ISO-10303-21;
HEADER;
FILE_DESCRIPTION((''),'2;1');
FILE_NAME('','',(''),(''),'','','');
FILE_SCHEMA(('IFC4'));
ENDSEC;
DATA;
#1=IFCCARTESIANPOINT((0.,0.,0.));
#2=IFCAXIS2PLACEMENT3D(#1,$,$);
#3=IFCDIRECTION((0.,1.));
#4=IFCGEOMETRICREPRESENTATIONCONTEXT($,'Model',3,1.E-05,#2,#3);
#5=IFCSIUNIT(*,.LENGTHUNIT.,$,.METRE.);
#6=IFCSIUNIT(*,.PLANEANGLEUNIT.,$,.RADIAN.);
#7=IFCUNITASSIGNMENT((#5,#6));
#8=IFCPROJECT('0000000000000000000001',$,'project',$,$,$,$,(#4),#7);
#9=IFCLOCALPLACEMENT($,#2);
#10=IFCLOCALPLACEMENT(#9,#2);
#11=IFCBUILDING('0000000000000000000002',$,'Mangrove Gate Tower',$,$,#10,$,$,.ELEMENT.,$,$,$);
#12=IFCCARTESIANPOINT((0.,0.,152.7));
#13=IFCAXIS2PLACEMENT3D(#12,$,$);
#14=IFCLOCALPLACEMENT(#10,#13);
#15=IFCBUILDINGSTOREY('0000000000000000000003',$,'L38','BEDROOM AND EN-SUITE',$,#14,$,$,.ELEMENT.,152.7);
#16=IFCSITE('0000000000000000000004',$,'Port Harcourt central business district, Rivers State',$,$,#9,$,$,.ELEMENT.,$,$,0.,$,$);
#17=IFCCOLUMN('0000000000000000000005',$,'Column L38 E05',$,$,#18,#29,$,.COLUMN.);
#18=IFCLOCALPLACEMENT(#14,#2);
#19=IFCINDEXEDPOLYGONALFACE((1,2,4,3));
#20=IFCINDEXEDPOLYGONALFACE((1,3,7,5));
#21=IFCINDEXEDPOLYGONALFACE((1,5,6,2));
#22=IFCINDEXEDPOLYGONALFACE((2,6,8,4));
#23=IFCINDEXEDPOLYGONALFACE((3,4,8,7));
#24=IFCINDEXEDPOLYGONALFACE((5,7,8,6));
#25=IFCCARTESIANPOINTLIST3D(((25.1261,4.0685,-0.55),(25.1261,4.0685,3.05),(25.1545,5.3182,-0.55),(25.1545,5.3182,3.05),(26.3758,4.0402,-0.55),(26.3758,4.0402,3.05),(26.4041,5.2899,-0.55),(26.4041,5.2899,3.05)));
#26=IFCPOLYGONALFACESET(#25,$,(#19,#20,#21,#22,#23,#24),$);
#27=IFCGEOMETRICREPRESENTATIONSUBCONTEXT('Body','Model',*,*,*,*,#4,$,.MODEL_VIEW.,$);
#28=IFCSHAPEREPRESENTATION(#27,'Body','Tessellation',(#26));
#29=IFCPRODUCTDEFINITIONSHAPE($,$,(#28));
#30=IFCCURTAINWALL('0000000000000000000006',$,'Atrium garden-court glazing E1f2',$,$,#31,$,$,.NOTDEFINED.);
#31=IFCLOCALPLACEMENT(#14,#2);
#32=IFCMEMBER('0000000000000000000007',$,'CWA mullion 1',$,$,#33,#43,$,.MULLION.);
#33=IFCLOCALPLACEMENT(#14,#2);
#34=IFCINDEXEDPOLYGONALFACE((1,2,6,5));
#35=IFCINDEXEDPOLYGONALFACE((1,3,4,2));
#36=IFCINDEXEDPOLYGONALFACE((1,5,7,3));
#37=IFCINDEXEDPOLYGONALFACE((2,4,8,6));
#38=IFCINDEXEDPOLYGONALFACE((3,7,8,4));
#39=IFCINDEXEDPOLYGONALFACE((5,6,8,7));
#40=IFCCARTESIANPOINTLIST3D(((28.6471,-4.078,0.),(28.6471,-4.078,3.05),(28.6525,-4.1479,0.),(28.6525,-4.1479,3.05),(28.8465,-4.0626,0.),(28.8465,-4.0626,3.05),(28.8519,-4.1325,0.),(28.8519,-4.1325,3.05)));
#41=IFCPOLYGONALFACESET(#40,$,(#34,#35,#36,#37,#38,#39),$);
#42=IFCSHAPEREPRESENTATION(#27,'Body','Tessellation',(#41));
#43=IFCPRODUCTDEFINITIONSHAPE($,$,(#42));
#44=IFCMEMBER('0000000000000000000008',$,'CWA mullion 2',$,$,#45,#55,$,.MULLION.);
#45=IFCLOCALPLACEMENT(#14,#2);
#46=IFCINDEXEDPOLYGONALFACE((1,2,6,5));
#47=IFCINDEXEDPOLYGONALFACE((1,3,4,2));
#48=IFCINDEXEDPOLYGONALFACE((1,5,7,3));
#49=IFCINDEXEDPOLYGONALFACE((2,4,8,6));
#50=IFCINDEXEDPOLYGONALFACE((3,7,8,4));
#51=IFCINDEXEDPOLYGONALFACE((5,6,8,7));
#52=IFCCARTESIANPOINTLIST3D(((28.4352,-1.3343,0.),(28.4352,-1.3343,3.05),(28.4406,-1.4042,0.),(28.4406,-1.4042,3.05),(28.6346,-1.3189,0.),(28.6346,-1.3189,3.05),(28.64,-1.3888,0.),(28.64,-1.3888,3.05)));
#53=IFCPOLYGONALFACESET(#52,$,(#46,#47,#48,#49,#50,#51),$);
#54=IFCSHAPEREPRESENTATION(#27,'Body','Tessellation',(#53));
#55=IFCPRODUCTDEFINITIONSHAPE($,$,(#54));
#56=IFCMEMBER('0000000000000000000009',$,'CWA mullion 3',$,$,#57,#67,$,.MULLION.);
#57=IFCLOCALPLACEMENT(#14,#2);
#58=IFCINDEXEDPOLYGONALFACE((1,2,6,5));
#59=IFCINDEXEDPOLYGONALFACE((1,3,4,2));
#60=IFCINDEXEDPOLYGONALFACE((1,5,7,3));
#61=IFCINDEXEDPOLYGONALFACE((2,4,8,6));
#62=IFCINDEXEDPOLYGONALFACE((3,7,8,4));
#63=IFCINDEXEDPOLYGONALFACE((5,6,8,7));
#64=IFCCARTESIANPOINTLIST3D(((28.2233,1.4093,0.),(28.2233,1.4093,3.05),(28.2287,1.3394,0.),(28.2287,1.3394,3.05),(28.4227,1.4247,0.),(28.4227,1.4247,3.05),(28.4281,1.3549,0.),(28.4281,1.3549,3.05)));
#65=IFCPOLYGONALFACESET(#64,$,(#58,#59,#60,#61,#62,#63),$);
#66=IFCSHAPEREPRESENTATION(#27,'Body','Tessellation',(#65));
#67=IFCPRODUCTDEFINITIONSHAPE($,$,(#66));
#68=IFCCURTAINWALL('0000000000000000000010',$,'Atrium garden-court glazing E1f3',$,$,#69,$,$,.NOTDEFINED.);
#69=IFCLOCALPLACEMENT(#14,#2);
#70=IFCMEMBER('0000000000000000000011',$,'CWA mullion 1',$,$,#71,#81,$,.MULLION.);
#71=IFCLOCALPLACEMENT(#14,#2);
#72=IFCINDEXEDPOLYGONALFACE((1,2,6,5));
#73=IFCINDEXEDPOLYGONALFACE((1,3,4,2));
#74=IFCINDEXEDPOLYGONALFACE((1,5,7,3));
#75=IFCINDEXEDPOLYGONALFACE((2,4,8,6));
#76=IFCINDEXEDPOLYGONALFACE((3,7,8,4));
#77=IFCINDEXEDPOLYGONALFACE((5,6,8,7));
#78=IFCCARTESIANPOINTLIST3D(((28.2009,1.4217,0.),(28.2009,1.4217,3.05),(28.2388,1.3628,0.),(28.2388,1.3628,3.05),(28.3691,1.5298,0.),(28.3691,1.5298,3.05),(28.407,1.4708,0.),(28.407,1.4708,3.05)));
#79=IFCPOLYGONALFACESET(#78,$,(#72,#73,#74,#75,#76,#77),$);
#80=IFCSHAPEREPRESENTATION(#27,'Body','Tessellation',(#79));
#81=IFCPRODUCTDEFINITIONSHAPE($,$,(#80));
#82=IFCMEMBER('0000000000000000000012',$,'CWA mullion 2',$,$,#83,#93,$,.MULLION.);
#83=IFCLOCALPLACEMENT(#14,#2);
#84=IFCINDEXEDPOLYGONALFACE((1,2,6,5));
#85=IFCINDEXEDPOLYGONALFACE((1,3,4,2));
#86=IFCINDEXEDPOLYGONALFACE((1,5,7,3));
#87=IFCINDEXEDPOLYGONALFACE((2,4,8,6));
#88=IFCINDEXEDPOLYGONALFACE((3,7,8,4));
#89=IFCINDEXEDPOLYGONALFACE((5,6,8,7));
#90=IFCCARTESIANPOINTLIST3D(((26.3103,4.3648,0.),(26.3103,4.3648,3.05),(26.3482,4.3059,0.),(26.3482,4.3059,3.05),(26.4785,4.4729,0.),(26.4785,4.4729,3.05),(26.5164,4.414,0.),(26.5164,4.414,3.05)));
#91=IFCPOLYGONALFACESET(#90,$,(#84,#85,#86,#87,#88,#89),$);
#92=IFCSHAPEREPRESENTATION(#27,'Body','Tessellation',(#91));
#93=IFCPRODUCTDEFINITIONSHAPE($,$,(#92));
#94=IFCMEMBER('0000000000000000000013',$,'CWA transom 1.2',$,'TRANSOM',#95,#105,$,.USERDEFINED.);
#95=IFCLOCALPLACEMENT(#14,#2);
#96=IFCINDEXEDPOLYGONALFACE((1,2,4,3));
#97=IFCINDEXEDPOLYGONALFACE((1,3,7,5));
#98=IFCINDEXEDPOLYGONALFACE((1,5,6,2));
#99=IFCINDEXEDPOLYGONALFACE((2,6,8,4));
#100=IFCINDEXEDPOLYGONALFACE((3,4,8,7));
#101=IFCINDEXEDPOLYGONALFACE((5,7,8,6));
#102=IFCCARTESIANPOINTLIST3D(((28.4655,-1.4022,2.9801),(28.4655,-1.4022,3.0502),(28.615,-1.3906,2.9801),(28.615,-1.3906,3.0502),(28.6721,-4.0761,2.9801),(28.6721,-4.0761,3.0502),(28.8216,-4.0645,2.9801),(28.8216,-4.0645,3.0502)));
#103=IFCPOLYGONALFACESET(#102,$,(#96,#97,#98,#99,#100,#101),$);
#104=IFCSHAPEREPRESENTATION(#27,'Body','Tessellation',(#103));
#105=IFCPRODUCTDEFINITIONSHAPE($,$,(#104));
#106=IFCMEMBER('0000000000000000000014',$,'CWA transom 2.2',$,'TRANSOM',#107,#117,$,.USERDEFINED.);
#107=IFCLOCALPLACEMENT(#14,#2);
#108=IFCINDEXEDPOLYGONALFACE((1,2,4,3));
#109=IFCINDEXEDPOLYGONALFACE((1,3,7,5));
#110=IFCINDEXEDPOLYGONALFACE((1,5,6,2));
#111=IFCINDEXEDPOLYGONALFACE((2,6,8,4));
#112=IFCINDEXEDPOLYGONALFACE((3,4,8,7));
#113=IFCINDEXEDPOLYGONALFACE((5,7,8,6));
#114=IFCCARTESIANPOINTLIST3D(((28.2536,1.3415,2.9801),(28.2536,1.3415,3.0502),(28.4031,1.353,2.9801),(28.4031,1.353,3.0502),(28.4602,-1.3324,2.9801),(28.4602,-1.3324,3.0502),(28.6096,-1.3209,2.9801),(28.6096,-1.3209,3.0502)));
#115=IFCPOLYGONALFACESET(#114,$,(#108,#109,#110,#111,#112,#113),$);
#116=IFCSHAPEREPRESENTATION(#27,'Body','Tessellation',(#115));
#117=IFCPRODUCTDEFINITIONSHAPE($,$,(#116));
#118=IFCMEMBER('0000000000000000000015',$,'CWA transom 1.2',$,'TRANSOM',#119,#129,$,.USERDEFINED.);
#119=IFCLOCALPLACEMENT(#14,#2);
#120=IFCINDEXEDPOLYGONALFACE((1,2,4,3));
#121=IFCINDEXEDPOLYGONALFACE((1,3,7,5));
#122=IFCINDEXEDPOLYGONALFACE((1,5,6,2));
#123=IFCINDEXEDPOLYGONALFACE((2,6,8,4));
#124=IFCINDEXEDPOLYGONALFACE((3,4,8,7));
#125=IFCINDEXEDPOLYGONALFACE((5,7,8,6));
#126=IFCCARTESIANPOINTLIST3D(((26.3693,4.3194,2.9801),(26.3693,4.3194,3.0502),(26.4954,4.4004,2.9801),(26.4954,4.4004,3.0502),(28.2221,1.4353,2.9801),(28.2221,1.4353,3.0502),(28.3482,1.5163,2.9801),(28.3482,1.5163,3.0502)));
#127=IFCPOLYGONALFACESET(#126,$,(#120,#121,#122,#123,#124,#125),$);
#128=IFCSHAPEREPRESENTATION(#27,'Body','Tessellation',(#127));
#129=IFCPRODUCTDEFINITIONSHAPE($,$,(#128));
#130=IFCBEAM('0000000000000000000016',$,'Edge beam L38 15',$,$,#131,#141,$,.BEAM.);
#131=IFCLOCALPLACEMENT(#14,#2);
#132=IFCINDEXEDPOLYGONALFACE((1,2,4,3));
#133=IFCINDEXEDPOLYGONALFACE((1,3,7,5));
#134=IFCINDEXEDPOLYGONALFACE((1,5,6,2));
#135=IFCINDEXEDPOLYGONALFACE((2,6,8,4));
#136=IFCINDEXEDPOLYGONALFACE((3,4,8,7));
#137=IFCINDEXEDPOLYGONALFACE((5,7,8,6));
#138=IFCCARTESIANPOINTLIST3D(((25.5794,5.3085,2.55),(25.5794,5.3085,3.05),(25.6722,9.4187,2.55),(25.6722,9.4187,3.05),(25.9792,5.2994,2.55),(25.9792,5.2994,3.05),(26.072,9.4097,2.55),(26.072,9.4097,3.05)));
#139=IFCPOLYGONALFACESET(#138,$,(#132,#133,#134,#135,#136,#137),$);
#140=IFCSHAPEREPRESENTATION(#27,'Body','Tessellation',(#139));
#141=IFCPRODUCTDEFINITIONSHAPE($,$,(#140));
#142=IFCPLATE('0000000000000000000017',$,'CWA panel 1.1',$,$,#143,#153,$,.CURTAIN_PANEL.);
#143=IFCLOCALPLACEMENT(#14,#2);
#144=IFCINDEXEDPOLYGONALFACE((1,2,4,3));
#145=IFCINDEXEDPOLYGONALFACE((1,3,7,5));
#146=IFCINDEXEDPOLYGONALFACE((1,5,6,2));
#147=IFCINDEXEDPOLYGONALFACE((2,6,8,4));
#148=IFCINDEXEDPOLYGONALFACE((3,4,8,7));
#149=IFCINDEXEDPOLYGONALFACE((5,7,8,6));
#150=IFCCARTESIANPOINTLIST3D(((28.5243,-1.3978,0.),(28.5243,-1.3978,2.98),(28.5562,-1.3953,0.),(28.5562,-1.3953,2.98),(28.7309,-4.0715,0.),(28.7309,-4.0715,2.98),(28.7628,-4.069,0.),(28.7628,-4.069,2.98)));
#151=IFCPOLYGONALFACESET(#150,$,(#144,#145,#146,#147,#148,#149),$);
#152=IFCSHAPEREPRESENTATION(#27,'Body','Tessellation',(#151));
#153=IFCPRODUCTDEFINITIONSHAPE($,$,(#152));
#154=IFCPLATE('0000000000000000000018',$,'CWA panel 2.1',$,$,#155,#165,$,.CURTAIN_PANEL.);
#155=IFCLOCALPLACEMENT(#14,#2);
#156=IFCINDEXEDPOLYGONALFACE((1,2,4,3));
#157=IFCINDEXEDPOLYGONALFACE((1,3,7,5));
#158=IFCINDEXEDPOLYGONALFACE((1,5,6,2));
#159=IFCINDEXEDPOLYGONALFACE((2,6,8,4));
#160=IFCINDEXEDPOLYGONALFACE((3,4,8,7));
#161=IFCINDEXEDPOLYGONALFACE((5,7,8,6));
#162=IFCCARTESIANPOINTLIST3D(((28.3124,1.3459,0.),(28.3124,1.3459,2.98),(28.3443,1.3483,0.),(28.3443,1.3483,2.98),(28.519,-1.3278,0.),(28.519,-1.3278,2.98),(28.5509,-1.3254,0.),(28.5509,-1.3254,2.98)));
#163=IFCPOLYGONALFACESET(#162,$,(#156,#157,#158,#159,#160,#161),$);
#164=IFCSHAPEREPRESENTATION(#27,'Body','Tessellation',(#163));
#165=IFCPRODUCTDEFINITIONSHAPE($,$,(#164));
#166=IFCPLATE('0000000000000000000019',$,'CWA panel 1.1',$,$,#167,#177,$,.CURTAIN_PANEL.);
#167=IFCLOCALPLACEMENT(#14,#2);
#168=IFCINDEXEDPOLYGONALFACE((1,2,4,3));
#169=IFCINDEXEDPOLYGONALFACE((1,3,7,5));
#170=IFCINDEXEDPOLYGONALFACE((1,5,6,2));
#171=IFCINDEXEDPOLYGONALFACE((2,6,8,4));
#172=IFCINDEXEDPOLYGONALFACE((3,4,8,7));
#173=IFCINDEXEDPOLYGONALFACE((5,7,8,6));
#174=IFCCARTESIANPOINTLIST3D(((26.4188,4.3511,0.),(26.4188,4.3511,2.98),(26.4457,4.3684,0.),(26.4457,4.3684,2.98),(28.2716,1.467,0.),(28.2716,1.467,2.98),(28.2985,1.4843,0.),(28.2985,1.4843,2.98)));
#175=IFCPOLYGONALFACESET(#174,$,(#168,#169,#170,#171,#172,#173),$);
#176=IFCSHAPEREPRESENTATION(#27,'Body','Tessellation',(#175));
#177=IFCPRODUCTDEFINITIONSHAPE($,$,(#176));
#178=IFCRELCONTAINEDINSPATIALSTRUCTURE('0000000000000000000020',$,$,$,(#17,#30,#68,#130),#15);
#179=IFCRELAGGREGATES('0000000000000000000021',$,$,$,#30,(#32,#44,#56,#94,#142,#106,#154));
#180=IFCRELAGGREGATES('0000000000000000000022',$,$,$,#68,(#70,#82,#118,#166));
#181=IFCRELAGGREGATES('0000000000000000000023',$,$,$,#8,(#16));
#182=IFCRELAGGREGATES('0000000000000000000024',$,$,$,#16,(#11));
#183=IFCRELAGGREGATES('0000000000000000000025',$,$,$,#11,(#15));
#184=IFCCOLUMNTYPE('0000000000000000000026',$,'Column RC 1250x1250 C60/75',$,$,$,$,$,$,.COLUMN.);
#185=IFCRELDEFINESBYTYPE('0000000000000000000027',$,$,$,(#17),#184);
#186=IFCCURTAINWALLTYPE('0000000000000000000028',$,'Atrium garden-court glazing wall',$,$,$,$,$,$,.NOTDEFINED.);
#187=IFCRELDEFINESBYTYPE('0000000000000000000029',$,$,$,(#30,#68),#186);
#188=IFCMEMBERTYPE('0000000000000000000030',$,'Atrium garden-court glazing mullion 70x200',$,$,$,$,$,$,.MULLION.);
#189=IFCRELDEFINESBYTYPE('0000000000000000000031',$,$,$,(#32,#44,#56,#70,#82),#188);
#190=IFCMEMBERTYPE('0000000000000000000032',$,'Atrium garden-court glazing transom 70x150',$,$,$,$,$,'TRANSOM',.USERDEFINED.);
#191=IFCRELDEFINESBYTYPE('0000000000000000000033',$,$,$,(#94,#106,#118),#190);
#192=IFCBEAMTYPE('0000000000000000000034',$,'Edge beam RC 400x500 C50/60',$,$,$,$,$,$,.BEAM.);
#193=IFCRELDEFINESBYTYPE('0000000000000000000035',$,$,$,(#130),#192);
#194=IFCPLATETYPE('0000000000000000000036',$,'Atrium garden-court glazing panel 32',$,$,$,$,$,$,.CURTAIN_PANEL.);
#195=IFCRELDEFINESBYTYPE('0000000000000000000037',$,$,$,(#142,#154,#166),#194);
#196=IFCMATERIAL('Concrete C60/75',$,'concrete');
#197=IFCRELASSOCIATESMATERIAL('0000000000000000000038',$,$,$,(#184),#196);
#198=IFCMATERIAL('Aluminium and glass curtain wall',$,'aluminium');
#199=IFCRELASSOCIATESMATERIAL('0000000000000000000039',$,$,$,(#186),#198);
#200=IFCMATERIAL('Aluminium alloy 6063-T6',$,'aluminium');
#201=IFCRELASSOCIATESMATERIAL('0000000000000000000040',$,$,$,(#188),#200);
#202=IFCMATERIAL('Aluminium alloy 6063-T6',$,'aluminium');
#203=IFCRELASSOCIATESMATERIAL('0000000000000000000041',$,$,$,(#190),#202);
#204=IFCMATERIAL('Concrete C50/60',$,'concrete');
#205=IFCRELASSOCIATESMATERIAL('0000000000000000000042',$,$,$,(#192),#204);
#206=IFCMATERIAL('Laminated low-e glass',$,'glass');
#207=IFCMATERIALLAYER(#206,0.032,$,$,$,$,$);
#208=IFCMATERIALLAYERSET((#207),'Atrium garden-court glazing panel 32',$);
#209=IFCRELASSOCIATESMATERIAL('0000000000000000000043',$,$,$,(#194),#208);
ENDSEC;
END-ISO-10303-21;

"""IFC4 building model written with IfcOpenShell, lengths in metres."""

from ifc_helpers import new_model, si_unit, direction, frame, origin, origin_2d, place, context, subcontext, project, spatial, rectangle, extrude, material, layer, layer_set, material_profile, profile_set, type_object, element, aggregate, save


model = new_model("IFC4")

# Units and contexts
model_context = context("Model", 3, precision=1e-05, world=origin(), true_north=direction((0.0, 1.0)))
body_context = subcontext(model_context, "Body", "Model", "MODEL_VIEW")
ifc_project = project(units=[si_unit("LENGTHUNIT", "METRE"), si_unit("PLANEANGLEUNIT", "RADIAN")], contexts=[model_context])

# Site, building, storey
site_placement = place(None, origin())
site = spatial("IfcSite", under=ifc_project, at=site_placement, Name="Port Harcourt central business district, Rivers State", CompositionType="ELEMENT", RefElevation=0.0)
building_placement = place(site_placement, origin())
building = spatial("IfcBuilding", under=site, at=building_placement, Name="Mangrove Gate Tower", CompositionType="ELEMENT")
storey_placement = place(building_placement, frame((0.0, 0.0, 152.7)))
storey = spatial("IfcBuildingStorey", under=building, at=storey_placement, Name="L38", Description="BEDROOM AND EN-SUITE", CompositionType="ELEMENT", Elevation=152.7)

# Column
ifc_material_1 = material(Name="Concrete C60/75", Category="concrete")
ifc_material_profile_1 = material_profile(ifc_material_1, rectangle(XDim=1.25, YDim=1.25, at=origin_2d()))
ifc_profile_set_1 = profile_set([ifc_material_profile_1], Name="Concrete C60/75")
column_type = type_object("IfcColumnType", Name="Column RC 1250x1250 C60/75", PredefinedType="COLUMN", material=ifc_profile_set_1)
column_placement = place(storey_placement, frame((25.7651, 4.6792, -0.55), z_axis=(0.0, 0.0, 1.0), x_axis=(0.022655, 0.999743, 0.0)))
element("IfcColumn", 1, at=column_placement, inside=storey, type_object=column_type, Name="Column L38 E05", PredefinedType="COLUMN", context=body_context, shape_type="SweptSolid", body=[
    extrude(rectangle(XDim=1.25, YDim=1.25, at=origin_2d()), origin(), (0.0, 0.0, 1.0), 3.6001),
])

# Curtain walls, members
ifc_material_2 = material(Name="Aluminium and glass curtain wall", Category="aluminium")
curtain_wall_type = type_object("IfcCurtainWallType", Name="Atrium garden-court glazing wall", PredefinedType="NOTDEFINED", material=ifc_material_2)
curtain_wall_1_placement = place(storey_placement, origin())
curtain_wall_1 = element("IfcCurtainWall", 2, at=curtain_wall_1_placement, inside=storey, type_object=curtain_wall_type, Name="Atrium garden-court glazing E1f2", PredefinedType="NOTDEFINED")
ifc_material_3 = material(Name="Aluminium alloy 6063-T6", Category="aluminium")
ifc_material_profile_2 = material_profile(ifc_material_3, rectangle(XDim=0.0701, YDim=0.2, at=origin_2d()))
ifc_profile_set_2 = profile_set([ifc_material_profile_2], Name="Aluminium alloy 6063-T6")
member_type_1 = type_object("IfcMemberType", Name="Atrium garden-court glazing mullion 70x200", PredefinedType="MULLION", material=ifc_profile_set_2)
member_1_placement = place(storey_placement, frame((28.7495, -4.1052, 0.0), z_axis=(0.0, 0.0, 1.0), x_axis=(-0.077023, 0.997029, 0.0)))
member_1 = element("IfcMember", 3, at=member_1_placement, type_object=member_type_1, Name="CWA mullion 1", PredefinedType="MULLION", context=body_context, shape_type="SweptSolid", body=[
    extrude(rectangle(XDim=0.0701, YDim=0.2, at=origin_2d()), origin(), (0.0, 0.0, 1.0), 3.05),
])
member_2_placement = place(storey_placement, frame((28.5376, -1.3616, 0.0), z_axis=(0.0, 0.0, 1.0), x_axis=(-0.077023, 0.997029, 0.0)))
member_2 = element("IfcMember", 4, at=member_2_placement, type_object=member_type_1, Name="CWA mullion 2", PredefinedType="MULLION", context=body_context, shape_type="SweptSolid", body=[
    extrude(rectangle(XDim=0.0701, YDim=0.2, at=origin_2d()), origin(), (0.0, 0.0, 1.0), 3.05),
])
member_3_placement = place(storey_placement, frame((28.3257, 1.3821, 0.0), z_axis=(0.0, 0.0, 1.0), x_axis=(-0.077023, 0.997029, 0.0)))
member_3 = element("IfcMember", 5, at=member_3_placement, type_object=member_type_1, Name="CWA mullion 3", PredefinedType="MULLION", context=body_context, shape_type="SweptSolid", body=[
    extrude(rectangle(XDim=0.0701, YDim=0.2, at=origin_2d()), origin(), (0.0, 0.0, 1.0), 3.05),
])
curtain_wall_2_placement = place(storey_placement, origin())
curtain_wall_2 = element("IfcCurtainWall", 6, at=curtain_wall_2_placement, inside=storey, type_object=curtain_wall_type, Name="Atrium garden-court glazing E1f3", PredefinedType="NOTDEFINED")
member_4_placement = place(storey_placement, frame((28.304, 1.4463, 0.0), z_axis=(0.0, 0.0, 1.0), x_axis=(-0.540496, 0.841346, 0.0)))
member_4 = element("IfcMember", 7, at=member_4_placement, type_object=member_type_1, Name="CWA mullion 1", PredefinedType="MULLION", context=body_context, shape_type="SweptSolid", body=[
    extrude(rectangle(XDim=0.0701, YDim=0.2, at=origin_2d()), origin(), (0.0, 0.0, 1.0), 3.05),
])
member_5_placement = place(storey_placement, frame((26.4133, 4.3894, 0.0), z_axis=(0.0, 0.0, 1.0), x_axis=(-0.540496, 0.841346, 0.0)))
member_5 = element("IfcMember", 8, at=member_5_placement, type_object=member_type_1, Name="CWA mullion 2", PredefinedType="MULLION", context=body_context, shape_type="SweptSolid", body=[
    extrude(rectangle(XDim=0.0701, YDim=0.2, at=origin_2d()), origin(), (0.0, 0.0, 1.0), 3.05),
])

# Members
ifc_material_4 = material(Name="Aluminium alloy 6063-T6", Category="aluminium")
ifc_material_profile_3 = material_profile(ifc_material_4, rectangle(XDim=0.0701, YDim=0.1499, at=origin_2d()))
ifc_profile_set_3 = profile_set([ifc_material_profile_3], Name="Aluminium alloy 6063-T6")
member_type_2 = type_object("IfcMemberType", Name="Atrium garden-court glazing transom 70x150", ElementType="TRANSOM", PredefinedType="USERDEFINED", material=ifc_profile_set_3)
member_6_placement = place(storey_placement, frame((28.7468, -4.0703, 3.0151), z_axis=(-0.077017, 0.99703, 0.0), x_axis=(0.0, 0.0, 1.0)))
member_6 = element("IfcMember", 9, at=member_6_placement, type_object=member_type_2, Name="CWA transom 1.2", ObjectType="TRANSOM", PredefinedType="USERDEFINED", context=body_context, shape_type="SweptSolid", body=[
    extrude(rectangle(XDim=0.0701, YDim=0.1499, at=origin_2d()), origin(), (0.0, 0.0, 1.0), 2.6819),
])
member_7_placement = place(storey_placement, frame((28.5349, -1.3267, 3.0151), z_axis=(-0.077017, 0.99703, 0.0), x_axis=(0.0, 0.0, 1.0)))
member_7 = element("IfcMember", 10, at=member_7_placement, type_object=member_type_2, Name="CWA transom 2.2", ObjectType="TRANSOM", PredefinedType="USERDEFINED", context=body_context, shape_type="SweptSolid", body=[
    extrude(rectangle(XDim=0.0701, YDim=0.1499, at=origin_2d()), origin(), (0.0, 0.0, 1.0), 2.6819),
])
member_8_placement = place(storey_placement, frame((28.2852, 1.4758, 3.0151), z_axis=(-0.540502, 0.841343, 0.0), x_axis=(0.0, 0.0, 1.0)))
member_8 = element("IfcMember", 11, at=member_8_placement, type_object=member_type_2, Name="CWA transom 1.2", ObjectType="TRANSOM", PredefinedType="USERDEFINED", context=body_context, shape_type="SweptSolid", body=[
    extrude(rectangle(XDim=0.0701, YDim=0.1499, at=origin_2d()), origin(), (0.0, 0.0, 1.0), 3.428),
])

# Beam
ifc_material_5 = material(Name="Concrete C50/60", Category="concrete")
ifc_material_profile_4 = material_profile(ifc_material_5, rectangle(XDim=0.3999, YDim=0.5, at=origin_2d()))
ifc_profile_set_4 = profile_set([ifc_material_profile_4], Name="Concrete C50/60")
beam_type = type_object("IfcBeamType", Name="Edge beam RC 400x500 C50/60", PredefinedType="BEAM", material=ifc_profile_set_4)
beam_placement = place(storey_placement, frame((25.7793, 5.304, 2.8), z_axis=(0.022565, 0.999745, 0.0), x_axis=(-0.999745, 0.022565, 0.0)))
element("IfcBeam", 12, at=beam_placement, inside=storey, type_object=beam_type, Name="Edge beam L38 15", PredefinedType="BEAM", context=body_context, shape_type="SweptSolid", body=[
    extrude(rectangle(XDim=0.3999, YDim=0.5, at=origin_2d()), origin(), (0.0, 0.0, 1.0), 4.1113),
])

# Plates
ifc_material_6 = material(Name="Laminated low-e glass", Category="glass")
ifc_layer_1 = layer(ifc_material_6, 0.032)
ifc_layer_set_1 = layer_set([ifc_layer_1], Name="Atrium garden-court glazing panel 32")
plate_type = type_object("IfcPlateType", Name="Atrium garden-court glazing panel 32", PredefinedType="CURTAIN_PANEL", material=ifc_layer_set_1)
plate_1_placement = place(storey_placement, frame((28.6436, -2.7334, 0.0), z_axis=(0.0, 0.0, 1.0), x_axis=(-0.077023, 0.997029, 0.0)))
plate_1 = element("IfcPlate", 13, at=plate_1_placement, type_object=plate_type, Name="CWA panel 1.1", PredefinedType="CURTAIN_PANEL", context=body_context, shape_type="SweptSolid", body=[
    extrude(rectangle(XDim=2.6816, YDim=0.032, at=origin_2d()), origin(), (0.0, 0.0, 1.0), 2.98),
])
plate_2_placement = place(storey_placement, frame((28.4316, 0.0103, 0.0), z_axis=(0.0, 0.0, 1.0), x_axis=(-0.077023, 0.997029, 0.0)))
plate_2 = element("IfcPlate", 14, at=plate_2_placement, type_object=plate_type, Name="CWA panel 2.1", PredefinedType="CURTAIN_PANEL", context=body_context, shape_type="SweptSolid", body=[
    extrude(rectangle(XDim=2.6816, YDim=0.032, at=origin_2d()), origin(), (0.0, 0.0, 1.0), 2.98),
])
aggregate(curtain_wall_1, [member_1, member_2, member_3, member_6, plate_1, member_7, plate_2])
plate_3_placement = place(storey_placement, frame((27.3586, 2.9177, 0.0), z_axis=(0.0, 0.0, 1.0), x_axis=(-0.540496, 0.841346, 0.0)))
plate_3 = element("IfcPlate", 15, at=plate_3_placement, type_object=plate_type, Name="CWA panel 1.1", PredefinedType="CURTAIN_PANEL", context=body_context, shape_type="SweptSolid", body=[
    extrude(rectangle(XDim=3.428, YDim=0.032, at=origin_2d()), origin(), (0.0, 0.0, 1.0), 2.98),
])
aggregate(curtain_wall_2, [member_4, member_5, member_8, plate_3])

save(model, "model.ifc")
